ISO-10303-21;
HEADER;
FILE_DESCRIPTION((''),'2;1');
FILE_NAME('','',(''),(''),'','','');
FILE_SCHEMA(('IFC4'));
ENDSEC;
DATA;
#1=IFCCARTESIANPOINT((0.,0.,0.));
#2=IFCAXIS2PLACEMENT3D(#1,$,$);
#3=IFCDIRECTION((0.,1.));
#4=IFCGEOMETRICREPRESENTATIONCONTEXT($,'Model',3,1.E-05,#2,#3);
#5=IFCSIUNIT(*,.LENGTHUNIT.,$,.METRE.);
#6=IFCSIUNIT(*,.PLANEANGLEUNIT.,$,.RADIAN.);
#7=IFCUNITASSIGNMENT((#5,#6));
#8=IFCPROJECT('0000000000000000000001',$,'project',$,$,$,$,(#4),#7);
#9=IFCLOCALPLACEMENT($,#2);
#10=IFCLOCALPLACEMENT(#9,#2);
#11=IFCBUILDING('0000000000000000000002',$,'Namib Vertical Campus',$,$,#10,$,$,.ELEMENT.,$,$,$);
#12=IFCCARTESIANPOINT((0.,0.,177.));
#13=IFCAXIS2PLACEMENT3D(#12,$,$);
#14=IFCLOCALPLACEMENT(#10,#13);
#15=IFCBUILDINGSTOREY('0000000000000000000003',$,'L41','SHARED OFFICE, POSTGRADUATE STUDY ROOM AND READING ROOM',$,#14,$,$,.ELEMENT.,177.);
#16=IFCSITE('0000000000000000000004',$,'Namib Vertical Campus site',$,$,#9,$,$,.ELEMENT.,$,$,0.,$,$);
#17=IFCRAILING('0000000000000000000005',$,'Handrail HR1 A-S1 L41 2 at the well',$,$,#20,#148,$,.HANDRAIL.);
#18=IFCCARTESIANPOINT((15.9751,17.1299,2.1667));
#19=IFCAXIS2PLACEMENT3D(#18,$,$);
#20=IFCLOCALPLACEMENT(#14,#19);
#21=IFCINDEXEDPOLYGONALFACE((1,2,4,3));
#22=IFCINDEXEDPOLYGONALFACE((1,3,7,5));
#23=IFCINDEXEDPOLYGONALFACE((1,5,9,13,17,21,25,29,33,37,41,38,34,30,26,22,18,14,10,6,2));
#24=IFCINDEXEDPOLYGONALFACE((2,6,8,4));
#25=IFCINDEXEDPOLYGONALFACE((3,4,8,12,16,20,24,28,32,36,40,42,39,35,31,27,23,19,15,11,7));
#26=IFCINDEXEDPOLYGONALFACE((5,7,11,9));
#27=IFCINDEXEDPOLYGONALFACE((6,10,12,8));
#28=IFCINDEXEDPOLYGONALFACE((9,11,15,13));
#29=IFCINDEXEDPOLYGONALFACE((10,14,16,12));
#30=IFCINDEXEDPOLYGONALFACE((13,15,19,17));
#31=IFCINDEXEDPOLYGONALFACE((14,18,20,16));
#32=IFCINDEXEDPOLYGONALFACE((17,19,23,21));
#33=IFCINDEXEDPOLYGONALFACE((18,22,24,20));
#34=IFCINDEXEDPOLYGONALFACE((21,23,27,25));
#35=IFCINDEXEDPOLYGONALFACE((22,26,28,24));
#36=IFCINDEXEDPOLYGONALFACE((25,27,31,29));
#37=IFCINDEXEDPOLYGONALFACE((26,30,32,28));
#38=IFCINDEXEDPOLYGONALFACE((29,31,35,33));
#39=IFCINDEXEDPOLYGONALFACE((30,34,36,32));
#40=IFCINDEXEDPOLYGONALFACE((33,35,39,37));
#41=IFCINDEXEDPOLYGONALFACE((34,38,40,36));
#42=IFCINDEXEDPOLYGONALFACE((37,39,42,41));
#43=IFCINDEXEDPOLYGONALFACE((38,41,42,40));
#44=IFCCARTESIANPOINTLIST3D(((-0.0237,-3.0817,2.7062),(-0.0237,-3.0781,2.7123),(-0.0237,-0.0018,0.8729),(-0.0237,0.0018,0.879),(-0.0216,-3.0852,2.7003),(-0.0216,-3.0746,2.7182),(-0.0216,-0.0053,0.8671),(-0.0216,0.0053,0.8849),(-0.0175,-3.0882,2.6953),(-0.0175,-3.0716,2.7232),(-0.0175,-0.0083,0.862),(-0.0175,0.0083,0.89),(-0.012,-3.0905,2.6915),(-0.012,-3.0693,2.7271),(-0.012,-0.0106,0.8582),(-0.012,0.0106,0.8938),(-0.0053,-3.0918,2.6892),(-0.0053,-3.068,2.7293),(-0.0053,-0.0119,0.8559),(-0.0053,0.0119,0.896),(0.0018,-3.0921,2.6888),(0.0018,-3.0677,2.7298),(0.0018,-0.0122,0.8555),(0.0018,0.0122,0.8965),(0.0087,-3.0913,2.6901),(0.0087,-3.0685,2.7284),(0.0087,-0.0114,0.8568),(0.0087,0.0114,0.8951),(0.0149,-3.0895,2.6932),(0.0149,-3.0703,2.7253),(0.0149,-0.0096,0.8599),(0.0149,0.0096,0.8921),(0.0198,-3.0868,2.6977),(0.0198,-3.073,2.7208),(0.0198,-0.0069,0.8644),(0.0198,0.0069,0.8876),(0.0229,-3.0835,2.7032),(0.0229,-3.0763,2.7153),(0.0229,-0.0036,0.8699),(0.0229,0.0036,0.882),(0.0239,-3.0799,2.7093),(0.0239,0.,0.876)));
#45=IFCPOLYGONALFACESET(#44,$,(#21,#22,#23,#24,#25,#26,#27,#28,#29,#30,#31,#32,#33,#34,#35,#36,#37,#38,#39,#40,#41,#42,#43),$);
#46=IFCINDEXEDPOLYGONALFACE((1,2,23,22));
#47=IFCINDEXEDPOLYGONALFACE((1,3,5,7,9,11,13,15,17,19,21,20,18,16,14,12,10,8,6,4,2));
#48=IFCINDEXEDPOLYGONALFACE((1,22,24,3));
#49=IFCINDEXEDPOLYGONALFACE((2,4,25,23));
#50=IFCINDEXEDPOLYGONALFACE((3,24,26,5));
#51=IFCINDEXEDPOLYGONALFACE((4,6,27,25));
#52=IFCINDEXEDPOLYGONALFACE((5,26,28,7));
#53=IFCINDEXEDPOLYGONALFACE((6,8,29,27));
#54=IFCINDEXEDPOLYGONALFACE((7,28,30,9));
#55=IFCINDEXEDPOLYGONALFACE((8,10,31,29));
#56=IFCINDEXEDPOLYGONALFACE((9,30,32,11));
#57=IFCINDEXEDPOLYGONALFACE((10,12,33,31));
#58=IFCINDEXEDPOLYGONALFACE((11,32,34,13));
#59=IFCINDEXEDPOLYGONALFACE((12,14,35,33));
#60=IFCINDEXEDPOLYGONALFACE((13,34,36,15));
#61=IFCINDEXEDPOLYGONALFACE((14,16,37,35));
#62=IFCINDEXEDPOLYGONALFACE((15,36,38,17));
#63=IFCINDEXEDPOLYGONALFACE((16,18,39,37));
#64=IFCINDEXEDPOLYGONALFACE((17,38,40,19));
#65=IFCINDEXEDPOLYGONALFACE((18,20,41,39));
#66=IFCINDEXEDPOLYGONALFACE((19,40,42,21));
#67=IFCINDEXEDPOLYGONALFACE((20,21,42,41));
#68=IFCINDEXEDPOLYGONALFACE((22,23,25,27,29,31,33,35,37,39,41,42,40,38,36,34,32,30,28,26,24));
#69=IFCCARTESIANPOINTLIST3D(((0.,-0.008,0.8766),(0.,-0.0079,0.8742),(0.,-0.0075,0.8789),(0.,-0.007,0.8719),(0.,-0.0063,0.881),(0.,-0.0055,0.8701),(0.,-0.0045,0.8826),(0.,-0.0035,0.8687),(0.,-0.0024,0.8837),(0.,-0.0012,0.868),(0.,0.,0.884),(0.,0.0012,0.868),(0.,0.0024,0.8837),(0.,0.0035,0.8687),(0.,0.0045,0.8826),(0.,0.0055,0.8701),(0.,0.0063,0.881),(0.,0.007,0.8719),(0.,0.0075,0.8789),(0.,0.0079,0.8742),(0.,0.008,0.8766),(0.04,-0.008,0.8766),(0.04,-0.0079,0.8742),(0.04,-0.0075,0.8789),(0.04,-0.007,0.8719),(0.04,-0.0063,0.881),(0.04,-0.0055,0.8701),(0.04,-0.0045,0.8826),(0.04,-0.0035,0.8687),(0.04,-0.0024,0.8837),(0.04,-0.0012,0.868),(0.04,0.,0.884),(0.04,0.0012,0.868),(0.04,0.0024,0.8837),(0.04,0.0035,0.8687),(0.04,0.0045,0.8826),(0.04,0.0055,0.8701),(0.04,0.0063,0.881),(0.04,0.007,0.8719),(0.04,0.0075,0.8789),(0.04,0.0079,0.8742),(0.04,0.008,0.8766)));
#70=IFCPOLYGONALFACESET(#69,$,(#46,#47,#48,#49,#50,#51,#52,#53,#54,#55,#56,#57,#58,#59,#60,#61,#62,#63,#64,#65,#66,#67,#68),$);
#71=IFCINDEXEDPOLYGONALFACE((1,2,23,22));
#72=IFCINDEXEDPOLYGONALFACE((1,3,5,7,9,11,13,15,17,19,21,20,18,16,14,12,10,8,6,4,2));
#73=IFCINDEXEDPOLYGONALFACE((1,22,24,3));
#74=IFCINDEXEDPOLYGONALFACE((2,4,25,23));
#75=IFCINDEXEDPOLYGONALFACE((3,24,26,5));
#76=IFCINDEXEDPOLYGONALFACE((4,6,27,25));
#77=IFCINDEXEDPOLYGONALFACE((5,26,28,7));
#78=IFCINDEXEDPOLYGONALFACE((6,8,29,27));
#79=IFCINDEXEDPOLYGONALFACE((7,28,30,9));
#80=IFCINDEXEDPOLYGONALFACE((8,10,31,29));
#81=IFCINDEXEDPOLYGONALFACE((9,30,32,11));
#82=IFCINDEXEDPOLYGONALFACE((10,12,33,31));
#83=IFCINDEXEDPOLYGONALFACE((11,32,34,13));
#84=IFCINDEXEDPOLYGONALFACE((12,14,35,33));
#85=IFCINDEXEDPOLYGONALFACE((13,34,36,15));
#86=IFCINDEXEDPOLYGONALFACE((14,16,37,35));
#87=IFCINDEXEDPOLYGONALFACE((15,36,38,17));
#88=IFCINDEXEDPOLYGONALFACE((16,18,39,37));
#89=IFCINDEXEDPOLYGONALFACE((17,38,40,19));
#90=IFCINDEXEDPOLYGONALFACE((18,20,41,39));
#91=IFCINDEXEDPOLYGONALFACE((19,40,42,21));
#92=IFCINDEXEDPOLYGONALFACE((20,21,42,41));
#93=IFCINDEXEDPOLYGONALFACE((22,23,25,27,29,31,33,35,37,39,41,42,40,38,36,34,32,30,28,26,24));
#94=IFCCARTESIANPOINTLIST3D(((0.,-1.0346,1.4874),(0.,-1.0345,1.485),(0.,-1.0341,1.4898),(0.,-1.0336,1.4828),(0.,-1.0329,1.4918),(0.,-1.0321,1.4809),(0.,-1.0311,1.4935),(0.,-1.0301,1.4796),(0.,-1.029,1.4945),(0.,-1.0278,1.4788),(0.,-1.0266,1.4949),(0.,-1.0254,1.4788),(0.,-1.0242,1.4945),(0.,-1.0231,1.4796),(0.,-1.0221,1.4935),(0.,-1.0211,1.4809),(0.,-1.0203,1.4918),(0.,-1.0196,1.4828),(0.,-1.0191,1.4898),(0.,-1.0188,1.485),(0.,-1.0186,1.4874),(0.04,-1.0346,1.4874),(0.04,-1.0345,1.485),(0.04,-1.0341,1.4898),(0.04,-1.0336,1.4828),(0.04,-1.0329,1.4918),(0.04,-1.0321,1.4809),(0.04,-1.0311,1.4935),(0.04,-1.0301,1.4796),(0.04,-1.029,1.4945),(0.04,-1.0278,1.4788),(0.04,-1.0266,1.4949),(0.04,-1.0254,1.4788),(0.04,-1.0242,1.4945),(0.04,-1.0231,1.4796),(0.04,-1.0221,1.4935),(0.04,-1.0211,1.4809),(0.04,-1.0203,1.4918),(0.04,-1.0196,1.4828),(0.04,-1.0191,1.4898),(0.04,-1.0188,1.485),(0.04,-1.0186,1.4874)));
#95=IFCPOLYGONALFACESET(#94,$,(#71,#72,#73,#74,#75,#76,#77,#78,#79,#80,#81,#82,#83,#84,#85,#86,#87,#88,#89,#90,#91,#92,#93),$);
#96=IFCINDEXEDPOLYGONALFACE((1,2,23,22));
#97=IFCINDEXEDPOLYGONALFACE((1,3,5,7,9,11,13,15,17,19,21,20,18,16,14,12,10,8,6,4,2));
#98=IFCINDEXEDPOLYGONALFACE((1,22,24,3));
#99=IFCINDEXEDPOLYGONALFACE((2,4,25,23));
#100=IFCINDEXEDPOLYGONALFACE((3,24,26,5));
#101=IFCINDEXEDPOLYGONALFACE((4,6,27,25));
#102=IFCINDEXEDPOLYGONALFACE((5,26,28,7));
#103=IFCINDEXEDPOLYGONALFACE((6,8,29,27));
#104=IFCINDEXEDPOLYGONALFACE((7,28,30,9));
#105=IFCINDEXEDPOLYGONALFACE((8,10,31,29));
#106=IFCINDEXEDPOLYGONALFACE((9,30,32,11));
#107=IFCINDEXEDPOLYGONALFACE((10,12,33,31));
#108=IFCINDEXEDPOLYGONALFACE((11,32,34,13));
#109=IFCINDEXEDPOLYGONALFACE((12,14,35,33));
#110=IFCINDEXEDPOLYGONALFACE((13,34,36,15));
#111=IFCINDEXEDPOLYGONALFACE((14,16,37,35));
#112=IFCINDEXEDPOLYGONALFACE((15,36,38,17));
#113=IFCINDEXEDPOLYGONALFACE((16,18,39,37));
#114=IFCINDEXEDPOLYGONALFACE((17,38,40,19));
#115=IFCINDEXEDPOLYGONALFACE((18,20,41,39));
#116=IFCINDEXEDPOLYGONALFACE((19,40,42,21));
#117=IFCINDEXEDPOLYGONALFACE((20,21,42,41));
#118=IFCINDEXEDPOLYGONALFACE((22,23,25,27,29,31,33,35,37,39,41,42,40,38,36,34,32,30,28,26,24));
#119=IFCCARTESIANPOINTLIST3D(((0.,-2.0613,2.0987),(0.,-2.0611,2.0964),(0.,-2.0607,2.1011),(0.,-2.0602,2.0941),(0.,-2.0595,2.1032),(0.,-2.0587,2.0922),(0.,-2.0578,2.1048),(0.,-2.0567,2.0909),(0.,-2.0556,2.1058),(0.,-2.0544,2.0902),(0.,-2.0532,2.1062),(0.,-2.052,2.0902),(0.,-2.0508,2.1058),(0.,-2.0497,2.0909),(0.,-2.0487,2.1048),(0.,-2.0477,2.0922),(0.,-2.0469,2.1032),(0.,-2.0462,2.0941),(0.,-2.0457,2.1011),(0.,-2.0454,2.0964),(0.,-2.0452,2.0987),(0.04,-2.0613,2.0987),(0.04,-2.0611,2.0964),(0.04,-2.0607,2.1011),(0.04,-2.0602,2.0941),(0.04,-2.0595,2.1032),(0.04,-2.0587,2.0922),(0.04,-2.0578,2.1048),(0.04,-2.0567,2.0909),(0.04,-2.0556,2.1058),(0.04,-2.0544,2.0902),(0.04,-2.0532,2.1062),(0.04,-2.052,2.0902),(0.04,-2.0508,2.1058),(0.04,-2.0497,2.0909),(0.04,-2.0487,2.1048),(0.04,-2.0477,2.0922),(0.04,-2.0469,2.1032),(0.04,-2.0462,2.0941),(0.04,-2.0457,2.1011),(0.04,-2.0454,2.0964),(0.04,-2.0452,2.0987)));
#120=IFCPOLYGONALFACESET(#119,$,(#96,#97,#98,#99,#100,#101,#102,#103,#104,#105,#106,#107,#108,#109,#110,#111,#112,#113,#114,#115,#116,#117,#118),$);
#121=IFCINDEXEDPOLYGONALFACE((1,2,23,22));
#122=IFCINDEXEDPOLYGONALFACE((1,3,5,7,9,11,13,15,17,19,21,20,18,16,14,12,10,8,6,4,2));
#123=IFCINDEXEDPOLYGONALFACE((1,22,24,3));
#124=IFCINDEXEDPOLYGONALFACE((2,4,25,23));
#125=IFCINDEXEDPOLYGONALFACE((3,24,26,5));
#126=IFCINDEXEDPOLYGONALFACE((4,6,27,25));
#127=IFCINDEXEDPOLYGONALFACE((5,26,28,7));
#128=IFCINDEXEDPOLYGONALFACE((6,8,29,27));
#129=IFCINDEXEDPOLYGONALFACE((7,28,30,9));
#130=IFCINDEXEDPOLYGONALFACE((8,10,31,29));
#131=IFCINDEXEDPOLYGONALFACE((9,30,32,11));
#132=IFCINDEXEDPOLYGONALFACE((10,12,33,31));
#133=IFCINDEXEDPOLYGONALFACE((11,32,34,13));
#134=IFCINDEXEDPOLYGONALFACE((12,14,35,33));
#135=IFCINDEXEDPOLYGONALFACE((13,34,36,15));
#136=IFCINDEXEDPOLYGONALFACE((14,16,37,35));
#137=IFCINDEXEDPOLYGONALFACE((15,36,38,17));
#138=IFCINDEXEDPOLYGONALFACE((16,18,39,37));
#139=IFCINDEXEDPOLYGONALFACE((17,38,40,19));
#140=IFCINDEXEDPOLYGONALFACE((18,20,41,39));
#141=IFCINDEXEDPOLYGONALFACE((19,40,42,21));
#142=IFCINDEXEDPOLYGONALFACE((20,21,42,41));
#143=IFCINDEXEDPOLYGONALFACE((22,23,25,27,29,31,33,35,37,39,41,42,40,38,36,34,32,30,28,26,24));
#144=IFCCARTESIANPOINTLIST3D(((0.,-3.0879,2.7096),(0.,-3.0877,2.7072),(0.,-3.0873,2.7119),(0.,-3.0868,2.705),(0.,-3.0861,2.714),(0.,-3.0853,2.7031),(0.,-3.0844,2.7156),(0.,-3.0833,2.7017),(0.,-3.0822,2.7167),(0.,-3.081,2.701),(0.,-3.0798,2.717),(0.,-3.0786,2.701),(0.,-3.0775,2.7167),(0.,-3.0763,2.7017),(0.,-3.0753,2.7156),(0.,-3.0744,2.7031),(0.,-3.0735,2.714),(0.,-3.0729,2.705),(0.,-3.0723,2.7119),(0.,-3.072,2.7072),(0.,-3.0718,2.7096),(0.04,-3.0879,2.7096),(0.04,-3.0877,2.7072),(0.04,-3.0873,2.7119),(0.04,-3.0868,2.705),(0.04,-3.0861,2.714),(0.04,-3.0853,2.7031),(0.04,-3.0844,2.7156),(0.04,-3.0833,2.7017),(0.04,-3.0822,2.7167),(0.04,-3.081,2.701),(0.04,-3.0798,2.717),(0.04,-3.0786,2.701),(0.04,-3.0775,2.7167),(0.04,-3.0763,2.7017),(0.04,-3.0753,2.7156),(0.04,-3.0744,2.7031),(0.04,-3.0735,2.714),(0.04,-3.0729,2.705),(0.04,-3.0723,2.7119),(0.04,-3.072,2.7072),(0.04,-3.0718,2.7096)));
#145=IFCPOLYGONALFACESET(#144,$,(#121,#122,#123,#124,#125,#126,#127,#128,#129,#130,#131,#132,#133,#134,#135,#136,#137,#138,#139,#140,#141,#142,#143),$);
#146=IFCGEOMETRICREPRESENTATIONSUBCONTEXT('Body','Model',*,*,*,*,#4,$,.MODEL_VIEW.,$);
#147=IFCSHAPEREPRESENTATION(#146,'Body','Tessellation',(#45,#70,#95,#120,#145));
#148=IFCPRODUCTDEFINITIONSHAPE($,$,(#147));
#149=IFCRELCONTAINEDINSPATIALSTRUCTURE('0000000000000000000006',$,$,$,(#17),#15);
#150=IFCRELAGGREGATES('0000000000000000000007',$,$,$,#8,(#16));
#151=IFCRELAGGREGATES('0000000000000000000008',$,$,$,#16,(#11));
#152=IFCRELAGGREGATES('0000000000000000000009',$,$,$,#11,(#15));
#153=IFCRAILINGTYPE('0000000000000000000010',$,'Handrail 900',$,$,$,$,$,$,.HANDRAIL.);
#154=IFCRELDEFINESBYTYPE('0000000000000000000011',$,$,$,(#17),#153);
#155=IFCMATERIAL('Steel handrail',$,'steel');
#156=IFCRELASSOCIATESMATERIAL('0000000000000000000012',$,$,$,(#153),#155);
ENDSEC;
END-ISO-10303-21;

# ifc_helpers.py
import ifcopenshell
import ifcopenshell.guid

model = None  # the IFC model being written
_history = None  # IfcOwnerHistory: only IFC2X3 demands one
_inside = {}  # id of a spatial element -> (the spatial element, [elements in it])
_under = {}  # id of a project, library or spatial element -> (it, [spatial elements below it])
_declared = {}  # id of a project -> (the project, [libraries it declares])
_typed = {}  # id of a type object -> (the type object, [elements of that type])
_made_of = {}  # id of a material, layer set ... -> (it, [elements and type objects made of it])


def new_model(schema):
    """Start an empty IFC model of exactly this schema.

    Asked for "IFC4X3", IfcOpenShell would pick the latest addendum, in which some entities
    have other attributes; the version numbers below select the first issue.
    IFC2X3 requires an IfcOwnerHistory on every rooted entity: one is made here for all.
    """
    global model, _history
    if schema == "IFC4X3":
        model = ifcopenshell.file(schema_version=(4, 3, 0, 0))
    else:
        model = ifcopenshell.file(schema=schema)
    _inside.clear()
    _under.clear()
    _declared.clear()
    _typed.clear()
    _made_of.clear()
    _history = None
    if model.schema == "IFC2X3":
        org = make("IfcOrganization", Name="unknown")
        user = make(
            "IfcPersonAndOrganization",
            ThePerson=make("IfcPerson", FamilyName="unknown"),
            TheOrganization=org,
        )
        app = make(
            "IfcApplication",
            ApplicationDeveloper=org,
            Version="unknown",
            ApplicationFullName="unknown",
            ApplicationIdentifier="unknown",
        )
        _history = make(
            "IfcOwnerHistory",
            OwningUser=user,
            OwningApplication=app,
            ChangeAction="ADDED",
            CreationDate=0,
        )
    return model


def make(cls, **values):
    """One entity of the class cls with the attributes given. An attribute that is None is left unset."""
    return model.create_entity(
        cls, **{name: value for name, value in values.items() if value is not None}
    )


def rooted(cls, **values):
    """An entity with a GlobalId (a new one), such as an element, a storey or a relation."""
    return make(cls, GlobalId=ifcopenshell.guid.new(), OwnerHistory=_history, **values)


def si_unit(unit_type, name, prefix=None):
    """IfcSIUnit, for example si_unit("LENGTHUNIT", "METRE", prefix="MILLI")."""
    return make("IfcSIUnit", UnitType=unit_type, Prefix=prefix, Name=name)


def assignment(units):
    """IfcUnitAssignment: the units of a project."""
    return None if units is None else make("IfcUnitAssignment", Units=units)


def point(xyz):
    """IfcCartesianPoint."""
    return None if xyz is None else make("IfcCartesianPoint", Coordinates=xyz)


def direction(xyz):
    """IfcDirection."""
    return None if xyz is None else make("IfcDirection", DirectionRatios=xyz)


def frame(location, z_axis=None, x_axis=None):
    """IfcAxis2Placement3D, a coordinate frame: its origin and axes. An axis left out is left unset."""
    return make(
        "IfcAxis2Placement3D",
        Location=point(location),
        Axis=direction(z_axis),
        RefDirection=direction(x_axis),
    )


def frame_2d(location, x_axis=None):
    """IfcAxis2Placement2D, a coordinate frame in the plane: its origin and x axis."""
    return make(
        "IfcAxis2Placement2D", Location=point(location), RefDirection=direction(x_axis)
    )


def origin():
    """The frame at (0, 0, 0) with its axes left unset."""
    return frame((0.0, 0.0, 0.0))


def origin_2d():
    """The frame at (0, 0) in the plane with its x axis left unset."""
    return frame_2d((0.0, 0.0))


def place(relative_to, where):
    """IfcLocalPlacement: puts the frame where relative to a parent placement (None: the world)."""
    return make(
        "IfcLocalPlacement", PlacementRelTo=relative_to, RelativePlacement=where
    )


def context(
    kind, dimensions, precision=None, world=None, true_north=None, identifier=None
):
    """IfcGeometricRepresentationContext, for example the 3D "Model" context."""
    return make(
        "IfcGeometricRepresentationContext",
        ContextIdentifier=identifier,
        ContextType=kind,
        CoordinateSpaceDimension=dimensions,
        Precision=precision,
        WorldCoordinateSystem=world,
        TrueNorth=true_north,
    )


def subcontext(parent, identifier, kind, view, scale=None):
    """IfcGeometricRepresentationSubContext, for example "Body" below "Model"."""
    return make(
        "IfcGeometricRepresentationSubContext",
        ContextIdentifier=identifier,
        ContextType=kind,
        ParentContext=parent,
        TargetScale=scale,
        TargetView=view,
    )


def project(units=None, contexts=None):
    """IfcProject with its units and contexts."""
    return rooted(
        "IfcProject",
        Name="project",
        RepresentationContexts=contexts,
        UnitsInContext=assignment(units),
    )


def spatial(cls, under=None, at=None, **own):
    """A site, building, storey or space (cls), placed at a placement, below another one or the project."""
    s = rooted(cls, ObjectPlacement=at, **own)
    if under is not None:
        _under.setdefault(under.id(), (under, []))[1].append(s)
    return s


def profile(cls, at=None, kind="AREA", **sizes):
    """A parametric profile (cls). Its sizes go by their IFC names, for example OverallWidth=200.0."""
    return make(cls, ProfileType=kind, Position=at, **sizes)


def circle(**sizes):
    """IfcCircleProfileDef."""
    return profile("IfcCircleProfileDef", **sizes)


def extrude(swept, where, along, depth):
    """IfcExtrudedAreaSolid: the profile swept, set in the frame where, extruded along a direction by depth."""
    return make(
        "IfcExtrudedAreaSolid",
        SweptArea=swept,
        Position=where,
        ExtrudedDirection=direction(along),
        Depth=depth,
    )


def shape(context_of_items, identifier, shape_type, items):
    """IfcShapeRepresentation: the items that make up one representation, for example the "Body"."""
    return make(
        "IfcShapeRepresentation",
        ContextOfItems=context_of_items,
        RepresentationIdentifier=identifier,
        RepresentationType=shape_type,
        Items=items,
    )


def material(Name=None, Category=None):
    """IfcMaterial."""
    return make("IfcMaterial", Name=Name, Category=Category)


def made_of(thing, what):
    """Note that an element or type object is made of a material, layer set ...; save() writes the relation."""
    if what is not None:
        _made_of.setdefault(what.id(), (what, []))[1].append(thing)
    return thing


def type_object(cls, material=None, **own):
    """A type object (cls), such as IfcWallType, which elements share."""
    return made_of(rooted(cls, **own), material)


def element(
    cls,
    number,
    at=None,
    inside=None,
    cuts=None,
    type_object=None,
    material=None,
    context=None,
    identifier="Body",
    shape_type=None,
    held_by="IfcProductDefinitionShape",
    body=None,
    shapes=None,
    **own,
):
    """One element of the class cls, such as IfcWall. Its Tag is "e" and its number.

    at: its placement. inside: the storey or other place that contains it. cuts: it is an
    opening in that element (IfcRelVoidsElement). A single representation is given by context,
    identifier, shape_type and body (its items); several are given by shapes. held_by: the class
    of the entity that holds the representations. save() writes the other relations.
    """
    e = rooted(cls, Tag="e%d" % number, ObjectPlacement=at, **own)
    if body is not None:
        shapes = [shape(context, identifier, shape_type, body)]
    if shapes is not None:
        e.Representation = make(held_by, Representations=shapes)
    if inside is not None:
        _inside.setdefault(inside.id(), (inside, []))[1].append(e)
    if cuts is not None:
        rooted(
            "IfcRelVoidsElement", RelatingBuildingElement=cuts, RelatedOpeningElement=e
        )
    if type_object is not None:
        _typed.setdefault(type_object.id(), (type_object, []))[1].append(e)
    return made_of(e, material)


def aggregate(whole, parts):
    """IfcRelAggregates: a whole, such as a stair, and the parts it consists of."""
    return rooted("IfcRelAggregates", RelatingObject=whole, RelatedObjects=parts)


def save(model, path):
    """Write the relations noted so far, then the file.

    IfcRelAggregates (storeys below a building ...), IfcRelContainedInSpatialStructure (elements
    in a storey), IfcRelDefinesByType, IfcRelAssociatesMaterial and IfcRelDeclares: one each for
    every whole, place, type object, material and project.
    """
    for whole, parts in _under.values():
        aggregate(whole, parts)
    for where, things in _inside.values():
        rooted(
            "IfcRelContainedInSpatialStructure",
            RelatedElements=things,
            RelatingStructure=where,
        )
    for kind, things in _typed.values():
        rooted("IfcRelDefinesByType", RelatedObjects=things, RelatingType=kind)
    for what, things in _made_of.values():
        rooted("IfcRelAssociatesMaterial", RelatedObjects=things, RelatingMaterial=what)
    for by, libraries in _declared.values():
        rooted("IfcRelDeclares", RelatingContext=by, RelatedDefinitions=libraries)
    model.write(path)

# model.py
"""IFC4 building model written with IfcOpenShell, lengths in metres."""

from ifc_helpers import new_model, si_unit, direction, frame, origin, origin_2d, place, context, subcontext, project, spatial, circle, extrude, material, type_object, element, save


model = new_model("IFC4")

# Units and contexts
model_context = context("Model", 3, precision=1e-05, world=origin(), true_north=direction((0.0, 1.0)))
body_context = subcontext(model_context, "Body", "Model", "MODEL_VIEW")
ifc_project = project(units=[si_unit("LENGTHUNIT", "METRE"), si_unit("PLANEANGLEUNIT", "RADIAN")], contexts=[model_context])

# Site, building, storey
site_placement = place(None, origin())
site = spatial("IfcSite", under=ifc_project, at=site_placement, Name="Namib Vertical Campus site", CompositionType="ELEMENT", RefElevation=0.0)
building_placement = place(site_placement, origin())
building = spatial("IfcBuilding", under=site, at=building_placement, Name="Namib Vertical Campus", CompositionType="ELEMENT")
storey_placement = place(building_placement, frame((0.0, 0.0, 177.0)))
storey = spatial("IfcBuildingStorey", under=building, at=storey_placement, Name="L41", Description="SHARED OFFICE, POSTGRADUATE STUDY ROOM AND READING ROOM", CompositionType="ELEMENT", Elevation=177.0)

# Railing
ifc_material_1 = material(Name="Steel handrail", Category="steel")
railing_type_1 = type_object("IfcRailingType", Name="Handrail 900", PredefinedType="HANDRAIL", material=ifc_material_1)
railing_1_placement = place(storey_placement, frame((15.9751, 17.1299, 2.1667)))
element("IfcRailing", 1, at=railing_1_placement, inside=storey, type_object=railing_type_1, Name="Handrail HR1 A-S1 L41 2 at the well", PredefinedType="HANDRAIL", context=body_context, shape_type="SweptSolid", body=[
    extrude(circle(Radius=0.0239, at=origin_2d()), frame((0.0, 0.0, 0.876), z_axis=(0.0, -0.859291, 0.511487), x_axis=(1.0, 0.0, 0.0)), (0.0, 0.0, 1.0), 3.5842),
    extrude(circle(Radius=0.0081, at=origin_2d()), frame((0.0, 0.0, 0.876), z_axis=(1.0, 0.0, 0.0), x_axis=(0.0, 0.0, 1.0)), (0.0, 0.0, 1.0), 0.04),
    extrude(circle(Radius=0.0081, at=origin_2d()), frame((0.0, -1.0266, 1.4868), z_axis=(1.0, 0.0, 0.0), x_axis=(0.0, 0.0, 1.0)), (0.0, 0.0, 1.0), 0.04),
    extrude(circle(Radius=0.0081, at=origin_2d()), frame((0.0, -2.0532, 2.0981), z_axis=(1.0, 0.0, 0.0), x_axis=(0.0, 0.0, 1.0)), (0.0, 0.0, 1.0), 0.04),
    extrude(circle(Radius=0.0081, at=origin_2d()), frame((0.0, -3.0798, 2.709), z_axis=(1.0, 0.0, 0.0), x_axis=(0.0, 0.0, 1.0)), (0.0, 0.0, 1.0), 0.04),
])

save(model, "model.ifc")
